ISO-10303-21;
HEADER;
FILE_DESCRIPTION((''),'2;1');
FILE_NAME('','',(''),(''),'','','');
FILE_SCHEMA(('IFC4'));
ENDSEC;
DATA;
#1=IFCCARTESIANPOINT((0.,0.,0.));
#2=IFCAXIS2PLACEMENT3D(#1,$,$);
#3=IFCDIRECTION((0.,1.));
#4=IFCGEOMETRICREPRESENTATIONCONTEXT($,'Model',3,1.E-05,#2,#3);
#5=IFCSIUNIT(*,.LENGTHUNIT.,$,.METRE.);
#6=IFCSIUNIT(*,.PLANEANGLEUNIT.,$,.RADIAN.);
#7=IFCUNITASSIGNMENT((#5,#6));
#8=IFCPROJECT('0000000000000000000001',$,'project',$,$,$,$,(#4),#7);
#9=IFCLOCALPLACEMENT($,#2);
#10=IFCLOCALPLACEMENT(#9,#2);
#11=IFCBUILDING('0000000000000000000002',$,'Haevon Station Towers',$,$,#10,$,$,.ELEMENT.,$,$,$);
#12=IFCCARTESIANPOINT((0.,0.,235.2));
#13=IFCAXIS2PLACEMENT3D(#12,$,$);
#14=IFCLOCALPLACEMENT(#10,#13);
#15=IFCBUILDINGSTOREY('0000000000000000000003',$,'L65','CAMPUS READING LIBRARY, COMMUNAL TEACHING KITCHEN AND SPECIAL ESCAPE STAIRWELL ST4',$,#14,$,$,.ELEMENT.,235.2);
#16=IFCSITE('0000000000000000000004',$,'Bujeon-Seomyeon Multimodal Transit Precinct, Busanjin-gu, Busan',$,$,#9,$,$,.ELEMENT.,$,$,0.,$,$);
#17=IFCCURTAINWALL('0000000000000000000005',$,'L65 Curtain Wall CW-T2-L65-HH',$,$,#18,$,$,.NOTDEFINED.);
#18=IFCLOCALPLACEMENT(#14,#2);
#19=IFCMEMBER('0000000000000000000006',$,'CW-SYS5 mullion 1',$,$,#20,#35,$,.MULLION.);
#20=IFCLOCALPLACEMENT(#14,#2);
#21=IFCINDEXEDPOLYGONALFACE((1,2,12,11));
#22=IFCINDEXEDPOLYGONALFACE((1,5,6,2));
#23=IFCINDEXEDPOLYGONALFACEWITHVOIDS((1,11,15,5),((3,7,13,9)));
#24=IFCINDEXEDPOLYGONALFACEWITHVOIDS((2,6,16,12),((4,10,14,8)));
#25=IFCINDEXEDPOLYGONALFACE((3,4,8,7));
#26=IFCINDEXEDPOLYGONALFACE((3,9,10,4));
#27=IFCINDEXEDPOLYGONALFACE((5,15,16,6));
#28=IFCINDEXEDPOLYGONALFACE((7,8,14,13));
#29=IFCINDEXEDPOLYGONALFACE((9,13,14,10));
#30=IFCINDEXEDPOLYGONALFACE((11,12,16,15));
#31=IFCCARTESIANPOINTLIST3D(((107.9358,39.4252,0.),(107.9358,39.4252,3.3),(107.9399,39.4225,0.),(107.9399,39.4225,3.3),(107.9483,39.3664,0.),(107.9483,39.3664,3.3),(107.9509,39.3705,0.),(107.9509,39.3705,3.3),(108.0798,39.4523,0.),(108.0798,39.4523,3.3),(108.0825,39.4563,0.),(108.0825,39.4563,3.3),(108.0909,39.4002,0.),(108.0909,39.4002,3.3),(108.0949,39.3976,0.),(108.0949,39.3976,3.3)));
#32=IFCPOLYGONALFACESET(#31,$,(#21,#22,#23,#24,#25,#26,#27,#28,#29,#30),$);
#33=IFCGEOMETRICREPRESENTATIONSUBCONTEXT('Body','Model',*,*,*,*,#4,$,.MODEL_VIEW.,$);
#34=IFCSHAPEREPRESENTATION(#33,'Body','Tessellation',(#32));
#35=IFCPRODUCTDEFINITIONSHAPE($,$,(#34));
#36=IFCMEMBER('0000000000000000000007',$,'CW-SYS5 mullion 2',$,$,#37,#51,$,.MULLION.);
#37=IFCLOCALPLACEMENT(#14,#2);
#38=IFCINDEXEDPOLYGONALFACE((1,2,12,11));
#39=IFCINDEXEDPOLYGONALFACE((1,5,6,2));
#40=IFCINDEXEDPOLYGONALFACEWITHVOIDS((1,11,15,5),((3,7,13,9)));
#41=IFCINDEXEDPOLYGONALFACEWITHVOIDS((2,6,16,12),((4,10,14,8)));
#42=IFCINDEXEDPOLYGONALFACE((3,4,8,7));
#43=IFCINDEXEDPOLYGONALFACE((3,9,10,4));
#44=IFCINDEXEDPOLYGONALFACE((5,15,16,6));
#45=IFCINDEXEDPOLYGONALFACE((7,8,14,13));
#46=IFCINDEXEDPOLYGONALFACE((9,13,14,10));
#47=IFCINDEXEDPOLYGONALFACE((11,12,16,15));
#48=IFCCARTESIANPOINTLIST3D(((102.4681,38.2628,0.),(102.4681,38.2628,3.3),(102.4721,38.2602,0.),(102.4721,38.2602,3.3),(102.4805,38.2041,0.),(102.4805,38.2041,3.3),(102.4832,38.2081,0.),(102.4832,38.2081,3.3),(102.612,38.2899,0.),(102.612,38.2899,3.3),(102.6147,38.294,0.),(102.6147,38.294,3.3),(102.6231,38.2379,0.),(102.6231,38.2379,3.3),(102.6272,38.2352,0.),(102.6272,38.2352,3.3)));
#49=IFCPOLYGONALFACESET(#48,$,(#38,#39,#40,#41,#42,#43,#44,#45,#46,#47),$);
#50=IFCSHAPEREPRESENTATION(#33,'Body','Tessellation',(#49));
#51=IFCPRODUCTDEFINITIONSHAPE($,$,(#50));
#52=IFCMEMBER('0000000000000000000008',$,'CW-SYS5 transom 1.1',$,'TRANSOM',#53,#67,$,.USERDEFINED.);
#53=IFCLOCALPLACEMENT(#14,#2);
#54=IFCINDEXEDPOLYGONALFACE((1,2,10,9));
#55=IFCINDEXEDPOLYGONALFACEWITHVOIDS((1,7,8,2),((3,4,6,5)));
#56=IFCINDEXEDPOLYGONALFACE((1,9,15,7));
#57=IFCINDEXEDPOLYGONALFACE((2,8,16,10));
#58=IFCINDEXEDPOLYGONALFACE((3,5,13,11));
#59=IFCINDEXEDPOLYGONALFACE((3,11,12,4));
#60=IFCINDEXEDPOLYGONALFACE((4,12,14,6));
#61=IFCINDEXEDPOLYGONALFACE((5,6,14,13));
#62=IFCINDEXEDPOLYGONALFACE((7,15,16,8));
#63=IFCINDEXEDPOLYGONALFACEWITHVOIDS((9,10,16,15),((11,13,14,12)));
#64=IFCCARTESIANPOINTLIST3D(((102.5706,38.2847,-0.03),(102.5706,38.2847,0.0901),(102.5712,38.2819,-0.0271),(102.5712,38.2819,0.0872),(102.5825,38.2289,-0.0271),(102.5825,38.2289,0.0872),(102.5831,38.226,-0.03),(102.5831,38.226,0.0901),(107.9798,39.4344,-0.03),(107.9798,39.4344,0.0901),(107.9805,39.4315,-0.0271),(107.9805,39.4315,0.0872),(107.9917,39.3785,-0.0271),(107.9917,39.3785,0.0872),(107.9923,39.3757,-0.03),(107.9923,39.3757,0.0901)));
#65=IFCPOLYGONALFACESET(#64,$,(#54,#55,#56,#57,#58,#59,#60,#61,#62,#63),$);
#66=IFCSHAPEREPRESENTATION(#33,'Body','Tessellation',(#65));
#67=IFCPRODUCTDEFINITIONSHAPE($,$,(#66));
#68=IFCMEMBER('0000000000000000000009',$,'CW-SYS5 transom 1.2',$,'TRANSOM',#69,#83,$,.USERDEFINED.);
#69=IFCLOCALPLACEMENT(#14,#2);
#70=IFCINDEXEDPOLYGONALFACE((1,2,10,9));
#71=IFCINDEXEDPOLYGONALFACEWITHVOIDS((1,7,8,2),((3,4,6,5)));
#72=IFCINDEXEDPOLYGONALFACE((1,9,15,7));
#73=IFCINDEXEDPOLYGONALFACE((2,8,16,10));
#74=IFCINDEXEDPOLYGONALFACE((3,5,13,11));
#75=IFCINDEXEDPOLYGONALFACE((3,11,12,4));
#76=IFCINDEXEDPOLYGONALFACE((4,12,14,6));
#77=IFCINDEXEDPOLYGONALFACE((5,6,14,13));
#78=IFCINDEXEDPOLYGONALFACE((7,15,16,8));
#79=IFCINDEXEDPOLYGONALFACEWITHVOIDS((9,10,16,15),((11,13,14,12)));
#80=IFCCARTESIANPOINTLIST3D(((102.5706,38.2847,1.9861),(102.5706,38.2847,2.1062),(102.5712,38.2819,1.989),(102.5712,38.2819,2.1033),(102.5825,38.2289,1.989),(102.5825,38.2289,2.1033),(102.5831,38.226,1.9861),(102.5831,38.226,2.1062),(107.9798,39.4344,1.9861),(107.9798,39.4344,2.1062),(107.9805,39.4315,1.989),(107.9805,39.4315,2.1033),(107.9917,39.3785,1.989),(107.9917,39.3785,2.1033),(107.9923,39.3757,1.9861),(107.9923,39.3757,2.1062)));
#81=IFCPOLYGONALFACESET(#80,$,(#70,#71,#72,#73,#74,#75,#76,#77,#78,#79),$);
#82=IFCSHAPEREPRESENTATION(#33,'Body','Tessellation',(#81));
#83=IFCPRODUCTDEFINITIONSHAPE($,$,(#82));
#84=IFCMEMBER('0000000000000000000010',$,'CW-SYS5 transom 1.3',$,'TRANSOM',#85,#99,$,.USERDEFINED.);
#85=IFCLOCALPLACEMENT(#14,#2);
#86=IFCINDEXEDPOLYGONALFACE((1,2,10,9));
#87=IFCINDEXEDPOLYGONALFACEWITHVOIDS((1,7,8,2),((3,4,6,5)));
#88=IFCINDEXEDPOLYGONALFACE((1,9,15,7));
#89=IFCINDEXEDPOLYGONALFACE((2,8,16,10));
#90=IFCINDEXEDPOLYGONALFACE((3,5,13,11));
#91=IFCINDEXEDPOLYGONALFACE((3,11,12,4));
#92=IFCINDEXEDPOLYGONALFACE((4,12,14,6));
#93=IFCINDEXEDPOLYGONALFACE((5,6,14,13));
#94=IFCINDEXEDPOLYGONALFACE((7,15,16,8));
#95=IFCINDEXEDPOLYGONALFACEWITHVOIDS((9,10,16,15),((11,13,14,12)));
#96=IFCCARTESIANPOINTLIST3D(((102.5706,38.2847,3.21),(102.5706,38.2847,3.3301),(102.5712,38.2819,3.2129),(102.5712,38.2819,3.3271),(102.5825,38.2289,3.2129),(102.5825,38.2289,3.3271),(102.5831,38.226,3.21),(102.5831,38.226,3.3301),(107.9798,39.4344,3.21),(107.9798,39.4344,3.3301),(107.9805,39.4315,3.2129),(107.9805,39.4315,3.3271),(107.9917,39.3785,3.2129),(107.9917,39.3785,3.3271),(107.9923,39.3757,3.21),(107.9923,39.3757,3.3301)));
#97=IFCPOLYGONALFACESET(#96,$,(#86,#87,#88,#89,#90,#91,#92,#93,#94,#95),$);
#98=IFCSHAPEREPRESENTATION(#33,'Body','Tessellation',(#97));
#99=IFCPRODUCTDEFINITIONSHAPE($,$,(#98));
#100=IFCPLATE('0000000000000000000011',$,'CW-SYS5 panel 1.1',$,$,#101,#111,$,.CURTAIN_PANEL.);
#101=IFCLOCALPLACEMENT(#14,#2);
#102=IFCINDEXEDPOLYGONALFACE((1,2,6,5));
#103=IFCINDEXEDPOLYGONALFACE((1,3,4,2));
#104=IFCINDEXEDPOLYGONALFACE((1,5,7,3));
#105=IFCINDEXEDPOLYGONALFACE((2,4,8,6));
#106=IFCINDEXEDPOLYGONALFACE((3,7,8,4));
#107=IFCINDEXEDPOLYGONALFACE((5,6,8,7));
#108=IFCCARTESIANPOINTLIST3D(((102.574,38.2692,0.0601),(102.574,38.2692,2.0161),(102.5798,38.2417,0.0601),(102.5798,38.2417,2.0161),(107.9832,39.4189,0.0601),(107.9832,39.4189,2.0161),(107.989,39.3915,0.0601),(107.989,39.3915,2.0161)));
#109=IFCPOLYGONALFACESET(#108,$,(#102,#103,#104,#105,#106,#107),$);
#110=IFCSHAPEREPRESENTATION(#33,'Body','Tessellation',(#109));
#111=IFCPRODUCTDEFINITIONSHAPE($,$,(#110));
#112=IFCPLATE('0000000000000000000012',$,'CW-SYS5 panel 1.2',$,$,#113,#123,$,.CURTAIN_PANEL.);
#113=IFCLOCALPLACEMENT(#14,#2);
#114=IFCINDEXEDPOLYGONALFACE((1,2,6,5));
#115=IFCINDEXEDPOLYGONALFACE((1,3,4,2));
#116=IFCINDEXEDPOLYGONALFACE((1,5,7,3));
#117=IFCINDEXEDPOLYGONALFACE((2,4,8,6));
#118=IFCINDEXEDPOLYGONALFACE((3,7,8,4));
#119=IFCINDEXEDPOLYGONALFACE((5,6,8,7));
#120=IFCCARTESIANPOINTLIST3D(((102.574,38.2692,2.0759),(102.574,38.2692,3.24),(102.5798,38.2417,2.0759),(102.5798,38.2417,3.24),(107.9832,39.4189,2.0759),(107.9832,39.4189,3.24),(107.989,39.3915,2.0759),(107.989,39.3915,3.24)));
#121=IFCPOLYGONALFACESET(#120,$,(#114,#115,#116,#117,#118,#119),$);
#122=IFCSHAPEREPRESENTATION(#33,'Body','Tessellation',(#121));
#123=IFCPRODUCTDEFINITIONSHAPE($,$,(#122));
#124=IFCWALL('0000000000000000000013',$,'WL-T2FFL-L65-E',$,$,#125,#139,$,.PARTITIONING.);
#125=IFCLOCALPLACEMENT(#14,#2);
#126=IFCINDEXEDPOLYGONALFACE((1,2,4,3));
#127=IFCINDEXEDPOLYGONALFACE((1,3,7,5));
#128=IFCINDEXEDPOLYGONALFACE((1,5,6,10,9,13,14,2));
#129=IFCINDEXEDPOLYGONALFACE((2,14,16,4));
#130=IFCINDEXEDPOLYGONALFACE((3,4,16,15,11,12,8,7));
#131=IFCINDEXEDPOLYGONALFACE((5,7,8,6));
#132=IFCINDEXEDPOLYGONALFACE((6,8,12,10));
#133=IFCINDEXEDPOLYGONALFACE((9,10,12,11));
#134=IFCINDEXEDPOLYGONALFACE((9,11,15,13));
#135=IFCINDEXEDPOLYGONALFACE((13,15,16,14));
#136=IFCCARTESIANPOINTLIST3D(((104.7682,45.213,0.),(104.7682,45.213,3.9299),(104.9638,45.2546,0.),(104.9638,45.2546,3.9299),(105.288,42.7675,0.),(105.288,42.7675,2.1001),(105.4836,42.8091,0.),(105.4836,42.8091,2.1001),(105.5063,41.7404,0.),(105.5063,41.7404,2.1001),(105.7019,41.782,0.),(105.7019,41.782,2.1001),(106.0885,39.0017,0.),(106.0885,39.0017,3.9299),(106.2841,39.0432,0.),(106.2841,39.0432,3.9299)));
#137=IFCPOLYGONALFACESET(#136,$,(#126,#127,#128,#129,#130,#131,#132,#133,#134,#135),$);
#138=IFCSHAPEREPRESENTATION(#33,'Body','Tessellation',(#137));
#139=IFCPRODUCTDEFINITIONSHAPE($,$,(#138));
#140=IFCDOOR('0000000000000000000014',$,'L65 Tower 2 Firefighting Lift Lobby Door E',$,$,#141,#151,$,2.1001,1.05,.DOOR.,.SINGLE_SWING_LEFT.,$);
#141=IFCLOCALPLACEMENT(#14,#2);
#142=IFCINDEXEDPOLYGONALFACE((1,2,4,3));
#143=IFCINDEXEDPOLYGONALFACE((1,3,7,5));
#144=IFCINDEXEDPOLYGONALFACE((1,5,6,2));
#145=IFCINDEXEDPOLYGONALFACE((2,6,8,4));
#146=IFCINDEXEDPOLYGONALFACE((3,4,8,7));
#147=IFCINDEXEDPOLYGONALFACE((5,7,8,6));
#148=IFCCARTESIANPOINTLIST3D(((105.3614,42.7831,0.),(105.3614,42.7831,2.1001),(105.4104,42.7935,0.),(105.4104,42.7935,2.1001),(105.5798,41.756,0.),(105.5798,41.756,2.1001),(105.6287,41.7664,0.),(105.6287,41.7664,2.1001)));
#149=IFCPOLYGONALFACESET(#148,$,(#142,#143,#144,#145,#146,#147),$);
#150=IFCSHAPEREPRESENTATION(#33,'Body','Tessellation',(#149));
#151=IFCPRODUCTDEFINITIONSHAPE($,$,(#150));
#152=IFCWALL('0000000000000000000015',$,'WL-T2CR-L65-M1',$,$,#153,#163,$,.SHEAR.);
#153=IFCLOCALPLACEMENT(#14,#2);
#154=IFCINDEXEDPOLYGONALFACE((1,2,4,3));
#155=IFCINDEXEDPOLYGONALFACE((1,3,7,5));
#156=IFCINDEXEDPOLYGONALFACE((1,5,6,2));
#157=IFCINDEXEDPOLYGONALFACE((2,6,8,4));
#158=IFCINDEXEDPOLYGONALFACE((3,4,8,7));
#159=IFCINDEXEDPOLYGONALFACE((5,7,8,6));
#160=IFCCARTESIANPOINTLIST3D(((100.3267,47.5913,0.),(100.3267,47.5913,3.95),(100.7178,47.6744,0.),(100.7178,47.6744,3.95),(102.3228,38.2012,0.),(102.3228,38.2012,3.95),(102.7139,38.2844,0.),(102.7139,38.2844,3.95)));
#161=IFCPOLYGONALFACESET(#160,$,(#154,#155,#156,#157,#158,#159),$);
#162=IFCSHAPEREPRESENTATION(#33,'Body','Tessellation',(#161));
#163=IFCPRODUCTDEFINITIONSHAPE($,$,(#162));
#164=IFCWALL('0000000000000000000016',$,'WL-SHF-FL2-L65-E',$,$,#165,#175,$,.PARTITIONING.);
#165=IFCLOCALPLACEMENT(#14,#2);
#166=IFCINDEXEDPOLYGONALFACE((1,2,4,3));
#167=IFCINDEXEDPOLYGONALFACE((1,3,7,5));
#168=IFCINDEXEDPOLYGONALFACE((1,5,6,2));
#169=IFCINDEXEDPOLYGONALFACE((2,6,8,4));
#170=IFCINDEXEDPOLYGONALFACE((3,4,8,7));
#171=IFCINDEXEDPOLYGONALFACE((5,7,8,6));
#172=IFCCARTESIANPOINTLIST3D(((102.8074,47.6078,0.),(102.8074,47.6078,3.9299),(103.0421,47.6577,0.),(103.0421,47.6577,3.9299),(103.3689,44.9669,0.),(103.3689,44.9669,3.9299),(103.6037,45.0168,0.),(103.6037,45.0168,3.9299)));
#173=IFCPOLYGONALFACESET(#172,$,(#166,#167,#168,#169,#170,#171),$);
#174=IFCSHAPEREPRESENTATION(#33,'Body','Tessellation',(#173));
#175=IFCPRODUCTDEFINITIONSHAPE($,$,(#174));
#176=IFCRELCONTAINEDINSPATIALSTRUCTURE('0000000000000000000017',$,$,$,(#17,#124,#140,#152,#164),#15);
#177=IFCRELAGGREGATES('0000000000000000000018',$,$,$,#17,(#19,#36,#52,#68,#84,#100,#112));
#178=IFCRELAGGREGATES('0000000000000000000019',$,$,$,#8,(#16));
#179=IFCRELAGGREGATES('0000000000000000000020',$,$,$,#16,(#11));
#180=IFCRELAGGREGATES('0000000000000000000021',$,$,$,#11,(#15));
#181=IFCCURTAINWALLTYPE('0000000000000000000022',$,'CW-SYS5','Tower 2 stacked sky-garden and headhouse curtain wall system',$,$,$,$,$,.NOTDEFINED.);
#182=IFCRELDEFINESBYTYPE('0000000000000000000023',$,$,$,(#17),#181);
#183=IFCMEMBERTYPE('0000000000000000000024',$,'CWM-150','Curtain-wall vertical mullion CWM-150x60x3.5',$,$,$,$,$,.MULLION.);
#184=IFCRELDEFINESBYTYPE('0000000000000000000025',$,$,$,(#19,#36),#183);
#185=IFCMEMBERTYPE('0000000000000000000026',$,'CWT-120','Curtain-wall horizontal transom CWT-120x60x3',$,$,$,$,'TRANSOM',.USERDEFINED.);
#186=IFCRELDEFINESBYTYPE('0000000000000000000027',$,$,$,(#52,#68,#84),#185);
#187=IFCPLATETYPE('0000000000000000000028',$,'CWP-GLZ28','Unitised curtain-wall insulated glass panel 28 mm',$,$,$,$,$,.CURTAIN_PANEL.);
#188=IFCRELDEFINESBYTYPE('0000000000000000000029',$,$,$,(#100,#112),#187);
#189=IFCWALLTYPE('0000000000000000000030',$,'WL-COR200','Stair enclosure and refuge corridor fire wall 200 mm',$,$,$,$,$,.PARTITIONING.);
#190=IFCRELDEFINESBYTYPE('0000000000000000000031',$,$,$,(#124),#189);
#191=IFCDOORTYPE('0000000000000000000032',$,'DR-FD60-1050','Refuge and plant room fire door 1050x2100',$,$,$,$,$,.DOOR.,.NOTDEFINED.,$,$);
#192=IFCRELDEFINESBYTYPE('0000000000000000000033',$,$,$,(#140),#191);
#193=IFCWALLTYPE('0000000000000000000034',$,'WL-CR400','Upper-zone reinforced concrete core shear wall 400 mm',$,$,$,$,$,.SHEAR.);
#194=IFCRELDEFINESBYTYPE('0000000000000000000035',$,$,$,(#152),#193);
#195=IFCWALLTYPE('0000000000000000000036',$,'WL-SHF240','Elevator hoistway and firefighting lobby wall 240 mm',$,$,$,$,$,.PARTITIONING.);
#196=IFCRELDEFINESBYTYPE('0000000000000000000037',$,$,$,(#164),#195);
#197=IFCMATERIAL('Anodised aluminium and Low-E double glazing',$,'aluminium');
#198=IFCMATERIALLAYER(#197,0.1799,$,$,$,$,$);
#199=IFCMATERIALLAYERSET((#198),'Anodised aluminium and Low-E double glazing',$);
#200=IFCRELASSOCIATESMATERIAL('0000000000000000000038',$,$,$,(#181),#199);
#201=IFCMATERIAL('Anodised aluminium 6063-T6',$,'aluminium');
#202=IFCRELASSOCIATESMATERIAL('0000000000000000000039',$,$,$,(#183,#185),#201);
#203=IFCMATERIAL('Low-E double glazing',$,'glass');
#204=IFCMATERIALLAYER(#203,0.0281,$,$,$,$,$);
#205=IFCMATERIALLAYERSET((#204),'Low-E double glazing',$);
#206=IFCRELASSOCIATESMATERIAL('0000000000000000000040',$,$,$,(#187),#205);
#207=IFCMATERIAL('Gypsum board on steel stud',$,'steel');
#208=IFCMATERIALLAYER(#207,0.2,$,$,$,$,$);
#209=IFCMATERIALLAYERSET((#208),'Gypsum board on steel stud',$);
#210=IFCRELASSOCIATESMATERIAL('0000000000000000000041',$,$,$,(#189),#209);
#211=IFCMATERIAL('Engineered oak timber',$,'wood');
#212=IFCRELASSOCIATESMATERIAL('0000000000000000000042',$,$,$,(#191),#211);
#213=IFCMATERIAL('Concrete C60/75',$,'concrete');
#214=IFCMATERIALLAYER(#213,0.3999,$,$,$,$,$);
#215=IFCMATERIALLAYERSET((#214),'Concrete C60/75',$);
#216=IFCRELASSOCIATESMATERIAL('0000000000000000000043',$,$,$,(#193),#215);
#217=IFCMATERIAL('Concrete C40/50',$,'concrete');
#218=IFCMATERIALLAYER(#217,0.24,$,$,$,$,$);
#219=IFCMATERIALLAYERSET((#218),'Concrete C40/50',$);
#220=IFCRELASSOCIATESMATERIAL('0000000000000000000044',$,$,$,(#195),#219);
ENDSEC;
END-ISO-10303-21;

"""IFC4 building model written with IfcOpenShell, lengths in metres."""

from ifc_helpers import new_model, si_unit, direction, frame, frame_2d, origin, origin_2d, place, context, subcontext, project, spatial, rectangle, hollow_rectangle, extrude, material, layer, layer_set, material_profile, profile_set, type_object, element, fill, aggregate, save


model = new_model("IFC4")

# Units and contexts
model_context = context("Model", 3, precision=1e-05, world=origin(), true_north=direction((0.0, 1.0)))
body_context = subcontext(model_context, "Body", "Model", "MODEL_VIEW")
ifc_project = project(units=[si_unit("LENGTHUNIT", "METRE"), si_unit("PLANEANGLEUNIT", "RADIAN")], contexts=[model_context])

# Site, building, storey
site_placement = place(None, origin())
site = spatial("IfcSite", under=ifc_project, at=site_placement, Name="Bujeon-Seomyeon Multimodal Transit Precinct, Busanjin-gu, Busan", CompositionType="ELEMENT", RefElevation=0.0)
building_placement = place(site_placement, origin())
building = spatial("IfcBuilding", under=site, at=building_placement, Name="Haevon Station Towers", CompositionType="ELEMENT")
storey_placement = place(building_placement, frame((0.0, 0.0, 235.2)))
storey = spatial("IfcBuildingStorey", under=building, at=storey_placement, Name="L65", Description="CAMPUS READING LIBRARY, COMMUNAL TEACHING KITCHEN AND SPECIAL ESCAPE STAIRWELL ST4", CompositionType="ELEMENT", Elevation=235.2)

# Curtain wall, members, plates
ifc_material_1 = material(Name="Anodised aluminium and Low-E double glazing", Category="aluminium")
ifc_layer_1 = layer(ifc_material_1, 0.1799)
ifc_layer_set_1 = layer_set([ifc_layer_1], Name="Anodised aluminium and Low-E double glazing")
curtain_wall_type = type_object("IfcCurtainWallType", Name="CW-SYS5", Description="Tower 2 stacked sky-garden and headhouse curtain wall system", PredefinedType="NOTDEFINED", material=ifc_layer_set_1)
curtain_wall_placement = place(storey_placement, origin())
curtain_wall = element("IfcCurtainWall", 1, at=curtain_wall_placement, inside=storey, type_object=curtain_wall_type, Name="L65 Curtain Wall CW-T2-L65-HH", PredefinedType="NOTDEFINED")
ifc_material_2 = material(Name="Anodised aluminium 6063-T6", Category="aluminium")
ifc_material_profile_1 = material_profile(ifc_material_2, hollow_rectangle(XDim=0.0601, YDim=0.1499, WallThickness=0.0034, at=origin_2d()), Name="CWM-150x60x3.5")
ifc_profile_set_1 = profile_set([ifc_material_profile_1], Name="Anodised aluminium 6063-T6")
member_type_1 = type_object("IfcMemberType", Name="CWM-150", Description="Curtain-wall vertical mullion CWM-150x60x3.5", PredefinedType="MULLION", material=ifc_profile_set_1)
member_1_placement = place(storey_placement, frame((108.0154, 39.4114, 0.0), z_axis=(0.0, 0.0, 1.0), x_axis=(0.207912, -0.978148, 0.0)))
member_1 = element("IfcMember", 2, at=member_1_placement, type_object=member_type_1, Name="CW-SYS5 mullion 1", PredefinedType="MULLION", context=body_context, shape_type="SweptSolid", body=[
    extrude(hollow_rectangle(XDim=0.0601, YDim=0.1499, WallThickness=0.0034, at=origin_2d()), origin(), (0.0, 0.0, 1.0), 3.3),
])
member_2_placement = place(storey_placement, frame((102.5476, 38.249, 0.0), z_axis=(0.0, 0.0, 1.0), x_axis=(0.207912, -0.978148, 0.0)))
member_2 = element("IfcMember", 3, at=member_2_placement, type_object=member_type_1, Name="CW-SYS5 mullion 2", PredefinedType="MULLION", context=body_context, shape_type="SweptSolid", body=[
    extrude(hollow_rectangle(XDim=0.0601, YDim=0.1499, WallThickness=0.0034, at=origin_2d()), origin(), (0.0, 0.0, 1.0), 3.3),
])
ifc_material_profile_2 = material_profile(ifc_material_2, hollow_rectangle(XDim=0.0601, YDim=0.1201, WallThickness=0.0029, at=origin_2d()), Name="CWT-120x60x3")
ifc_profile_set_2 = profile_set([ifc_material_profile_2], Name="Anodised aluminium 6063-T6")
member_type_2 = type_object("IfcMemberType", Name="CWT-120", Description="Curtain-wall horizontal transom CWT-120x60x3", ElementType="TRANSOM", PredefinedType="USERDEFINED", material=ifc_profile_set_2)
member_3_placement = place(storey_placement, frame((107.9861, 39.405, 0.03), z_axis=(-0.978151, -0.207895, 0.0), x_axis=(0.207895, -0.978151, 0.0)))
member_3 = element("IfcMember", 4, at=member_3_placement, type_object=member_type_2, Name="CW-SYS5 transom 1.1", ObjectType="TRANSOM", PredefinedType="USERDEFINED", context=body_context, shape_type="SweptSolid", body=[
    extrude(hollow_rectangle(XDim=0.0601, YDim=0.1201, WallThickness=0.0029, at=origin_2d()), origin(), (0.0, 0.0, 1.0), 5.53),
])
member_4_placement = place(storey_placement, frame((107.9861, 39.405, 2.0461), z_axis=(-0.978151, -0.207895, 0.0), x_axis=(0.207895, -0.978151, 0.0)))
member_4 = element("IfcMember", 5, at=member_4_placement, type_object=member_type_2, Name="CW-SYS5 transom 1.2", ObjectType="TRANSOM", PredefinedType="USERDEFINED", context=body_context, shape_type="SweptSolid", body=[
    extrude(hollow_rectangle(XDim=0.0601, YDim=0.1201, WallThickness=0.0029, at=origin_2d()), origin(), (0.0, 0.0, 1.0), 5.53),
])
member_5_placement = place(storey_placement, frame((107.9861, 39.405, 3.27), z_axis=(-0.978151, -0.207895, 0.0), x_axis=(0.207895, -0.978151, 0.0)))
member_5 = element("IfcMember", 6, at=member_5_placement, type_object=member_type_2, Name="CW-SYS5 transom 1.3", ObjectType="TRANSOM", PredefinedType="USERDEFINED", context=body_context, shape_type="SweptSolid", body=[
    extrude(hollow_rectangle(XDim=0.0601, YDim=0.1201, WallThickness=0.0029, at=origin_2d()), origin(), (0.0, 0.0, 1.0), 5.53),
])
ifc_material_3 = material(Name="Low-E double glazing", Category="glass")
ifc_layer_2 = layer(ifc_material_3, 0.0281)
ifc_layer_set_2 = layer_set([ifc_layer_2], Name="Low-E double glazing")
plate_type = type_object("IfcPlateType", Name="CWP-GLZ28", Description="Unitised curtain-wall insulated glass panel 28 mm", PredefinedType="CURTAIN_PANEL", material=ifc_layer_set_2)
plate_1_placement = place(storey_placement, frame((105.2815, 38.8303, 0.0601), z_axis=(0.0, 0.0, 1.0), x_axis=(-0.978148, -0.207912, 0.0)))
plate_1 = element("IfcPlate", 7, at=plate_1_placement, type_object=plate_type, Name="CW-SYS5 panel 1.1", PredefinedType="CURTAIN_PANEL", context=body_context, shape_type="SweptSolid", body=[
    extrude(rectangle(XDim=5.53, YDim=0.0281, at=origin_2d()), origin(), (0.0, 0.0, 1.0), 1.9561),
])
plate_2_placement = place(storey_placement, frame((105.2815, 38.8303, 2.0759), z_axis=(0.0, 0.0, 1.0), x_axis=(-0.978148, -0.207912, 0.0)))
plate_2 = element("IfcPlate", 8, at=plate_2_placement, type_object=plate_type, Name="CW-SYS5 panel 1.2", PredefinedType="CURTAIN_PANEL", context=body_context, shape_type="SweptSolid", body=[
    extrude(rectangle(XDim=5.53, YDim=0.0281, at=origin_2d()), origin(), (0.0, 0.0, 1.0), 1.1641),
])
aggregate(curtain_wall, [member_1, member_2, member_3, member_4, member_5, plate_1, plate_2])

# Wall, opening, door
ifc_material_4 = material(Name="Gypsum board on steel stud", Category="steel")
ifc_layer_3 = layer(ifc_material_4, 0.2)
ifc_layer_set_3 = layer_set([ifc_layer_3], Name="Gypsum board on steel stud")
wall_type_1 = type_object("IfcWallType", Name="WL-COR200", Description="Stair enclosure and refuge corridor fire wall 200 mm", PredefinedType="PARTITIONING", material=ifc_layer_set_3)
wall_1_placement = place(storey_placement, frame((106.1863, 39.0225, 0.0), z_axis=(0.0, 0.0, 1.0), x_axis=(-0.207917, 0.978147, 0.0)))
wall_1 = element("IfcWall", 9, at=wall_1_placement, inside=storey, type_object=wall_type_1, Name="WL-T2FFL-L65-E", PredefinedType="PARTITIONING", context=body_context, shape_type="SweptSolid", body=[
    extrude(rectangle(XDim=6.3501, YDim=0.2, at=frame_2d((3.175, 0.0))), origin(), (0.0, 0.0, 1.0), 3.9299),
])
opening_placement = place(wall_1_placement, frame((2.8, 0.0, 0.0)))
opening = element("IfcOpeningElement", 10, at=opening_placement, cuts=wall_1, PredefinedType="OPENING", context=body_context, shape_type="SweptSolid", body=[
    extrude(rectangle(XDim=1.05, YDim=2.1001, at=frame_2d((0.5249, 1.05))), frame((0.0, 0.1099, 0.0), z_axis=(0.0, -1.0, 0.0), x_axis=(1.0, 0.0, 0.0)), (0.0, 0.0, 1.0), 0.22),
])
ifc_material_5 = material(Name="Engineered oak timber", Category="wood")
door_type = type_object("IfcDoorType", Name="DR-FD60-1050", Description="Refuge and plant room fire door 1050x2100", OperationType="NOTDEFINED", PredefinedType="DOOR", material=ifc_material_5)
door_placement = place(opening_placement, origin())
door = element("IfcDoor", 11, at=door_placement, inside=storey, type_object=door_type, Name="L65 Tower 2 Firefighting Lift Lobby Door E", OperationType="SINGLE_SWING_LEFT", OverallHeight=2.1001, OverallWidth=1.05, PredefinedType="DOOR", context=body_context, shape_type="SweptSolid", body=[
    extrude(rectangle(XDim=1.05, YDim=2.1001, at=frame_2d((0.5249, 1.05))), frame((0.0, 0.0249, 0.0), z_axis=(0.0, -1.0, 0.0), x_axis=(1.0, 0.0, 0.0)), (0.0, 0.0, 1.0), 0.05),
])
fill(opening, door)

# Walls
ifc_material_6 = material(Name="Concrete C60/75", Category="concrete")
ifc_layer_4 = layer(ifc_material_6, 0.3999)
ifc_layer_set_4 = layer_set([ifc_layer_4], Name="Concrete C60/75")
wall_type_2 = type_object("IfcWallType", Name="WL-CR400", Description="Upper-zone reinforced concrete core shear wall 400 mm", PredefinedType="SHEAR", material=ifc_layer_set_4)
wall_2_placement = place(storey_placement, frame((102.5183, 38.2429, 0.0), z_axis=(0.0, 0.0, 1.0), x_axis=(-0.207927, 0.978144, 0.0)))
element("IfcWall", 12, at=wall_2_placement, inside=storey, type_object=wall_type_2, Name="WL-T2CR-L65-M1", PredefinedType="SHEAR", context=body_context, shape_type="SweptSolid", body=[
    extrude(rectangle(XDim=9.5999, YDim=0.3999, at=frame_2d((4.7998, 0.0))), origin(), (0.0, 0.0, 1.0), 3.95),
])
ifc_material_7 = material(Name="Concrete C40/50", Category="concrete")
ifc_layer_5 = layer(ifc_material_7, 0.24)
ifc_layer_set_5 = layer_set([ifc_layer_5], Name="Concrete C40/50")
wall_type_3 = type_object("IfcWallType", Name="WL-SHF240", Description="Elevator hoistway and firefighting lobby wall 240 mm", PredefinedType="PARTITIONING", material=ifc_layer_set_5)
wall_3_placement = place(storey_placement, frame((103.4863, 44.9917, 0.0), z_axis=(0.0, 0.0, 1.0), x_axis=(-0.207979, 0.978133, 0.0)))
element("IfcWall", 13, at=wall_3_placement, inside=storey, type_object=wall_type_3, Name="WL-SHF-FL2-L65-E", PredefinedType="PARTITIONING", context=body_context, shape_type="SweptSolid", body=[
    extrude(rectangle(XDim=2.7, YDim=0.24, at=frame_2d((1.3501, 0.0))), origin(), (0.0, 0.0, 1.0), 3.9299),
])

save(model, "model.ifc")
